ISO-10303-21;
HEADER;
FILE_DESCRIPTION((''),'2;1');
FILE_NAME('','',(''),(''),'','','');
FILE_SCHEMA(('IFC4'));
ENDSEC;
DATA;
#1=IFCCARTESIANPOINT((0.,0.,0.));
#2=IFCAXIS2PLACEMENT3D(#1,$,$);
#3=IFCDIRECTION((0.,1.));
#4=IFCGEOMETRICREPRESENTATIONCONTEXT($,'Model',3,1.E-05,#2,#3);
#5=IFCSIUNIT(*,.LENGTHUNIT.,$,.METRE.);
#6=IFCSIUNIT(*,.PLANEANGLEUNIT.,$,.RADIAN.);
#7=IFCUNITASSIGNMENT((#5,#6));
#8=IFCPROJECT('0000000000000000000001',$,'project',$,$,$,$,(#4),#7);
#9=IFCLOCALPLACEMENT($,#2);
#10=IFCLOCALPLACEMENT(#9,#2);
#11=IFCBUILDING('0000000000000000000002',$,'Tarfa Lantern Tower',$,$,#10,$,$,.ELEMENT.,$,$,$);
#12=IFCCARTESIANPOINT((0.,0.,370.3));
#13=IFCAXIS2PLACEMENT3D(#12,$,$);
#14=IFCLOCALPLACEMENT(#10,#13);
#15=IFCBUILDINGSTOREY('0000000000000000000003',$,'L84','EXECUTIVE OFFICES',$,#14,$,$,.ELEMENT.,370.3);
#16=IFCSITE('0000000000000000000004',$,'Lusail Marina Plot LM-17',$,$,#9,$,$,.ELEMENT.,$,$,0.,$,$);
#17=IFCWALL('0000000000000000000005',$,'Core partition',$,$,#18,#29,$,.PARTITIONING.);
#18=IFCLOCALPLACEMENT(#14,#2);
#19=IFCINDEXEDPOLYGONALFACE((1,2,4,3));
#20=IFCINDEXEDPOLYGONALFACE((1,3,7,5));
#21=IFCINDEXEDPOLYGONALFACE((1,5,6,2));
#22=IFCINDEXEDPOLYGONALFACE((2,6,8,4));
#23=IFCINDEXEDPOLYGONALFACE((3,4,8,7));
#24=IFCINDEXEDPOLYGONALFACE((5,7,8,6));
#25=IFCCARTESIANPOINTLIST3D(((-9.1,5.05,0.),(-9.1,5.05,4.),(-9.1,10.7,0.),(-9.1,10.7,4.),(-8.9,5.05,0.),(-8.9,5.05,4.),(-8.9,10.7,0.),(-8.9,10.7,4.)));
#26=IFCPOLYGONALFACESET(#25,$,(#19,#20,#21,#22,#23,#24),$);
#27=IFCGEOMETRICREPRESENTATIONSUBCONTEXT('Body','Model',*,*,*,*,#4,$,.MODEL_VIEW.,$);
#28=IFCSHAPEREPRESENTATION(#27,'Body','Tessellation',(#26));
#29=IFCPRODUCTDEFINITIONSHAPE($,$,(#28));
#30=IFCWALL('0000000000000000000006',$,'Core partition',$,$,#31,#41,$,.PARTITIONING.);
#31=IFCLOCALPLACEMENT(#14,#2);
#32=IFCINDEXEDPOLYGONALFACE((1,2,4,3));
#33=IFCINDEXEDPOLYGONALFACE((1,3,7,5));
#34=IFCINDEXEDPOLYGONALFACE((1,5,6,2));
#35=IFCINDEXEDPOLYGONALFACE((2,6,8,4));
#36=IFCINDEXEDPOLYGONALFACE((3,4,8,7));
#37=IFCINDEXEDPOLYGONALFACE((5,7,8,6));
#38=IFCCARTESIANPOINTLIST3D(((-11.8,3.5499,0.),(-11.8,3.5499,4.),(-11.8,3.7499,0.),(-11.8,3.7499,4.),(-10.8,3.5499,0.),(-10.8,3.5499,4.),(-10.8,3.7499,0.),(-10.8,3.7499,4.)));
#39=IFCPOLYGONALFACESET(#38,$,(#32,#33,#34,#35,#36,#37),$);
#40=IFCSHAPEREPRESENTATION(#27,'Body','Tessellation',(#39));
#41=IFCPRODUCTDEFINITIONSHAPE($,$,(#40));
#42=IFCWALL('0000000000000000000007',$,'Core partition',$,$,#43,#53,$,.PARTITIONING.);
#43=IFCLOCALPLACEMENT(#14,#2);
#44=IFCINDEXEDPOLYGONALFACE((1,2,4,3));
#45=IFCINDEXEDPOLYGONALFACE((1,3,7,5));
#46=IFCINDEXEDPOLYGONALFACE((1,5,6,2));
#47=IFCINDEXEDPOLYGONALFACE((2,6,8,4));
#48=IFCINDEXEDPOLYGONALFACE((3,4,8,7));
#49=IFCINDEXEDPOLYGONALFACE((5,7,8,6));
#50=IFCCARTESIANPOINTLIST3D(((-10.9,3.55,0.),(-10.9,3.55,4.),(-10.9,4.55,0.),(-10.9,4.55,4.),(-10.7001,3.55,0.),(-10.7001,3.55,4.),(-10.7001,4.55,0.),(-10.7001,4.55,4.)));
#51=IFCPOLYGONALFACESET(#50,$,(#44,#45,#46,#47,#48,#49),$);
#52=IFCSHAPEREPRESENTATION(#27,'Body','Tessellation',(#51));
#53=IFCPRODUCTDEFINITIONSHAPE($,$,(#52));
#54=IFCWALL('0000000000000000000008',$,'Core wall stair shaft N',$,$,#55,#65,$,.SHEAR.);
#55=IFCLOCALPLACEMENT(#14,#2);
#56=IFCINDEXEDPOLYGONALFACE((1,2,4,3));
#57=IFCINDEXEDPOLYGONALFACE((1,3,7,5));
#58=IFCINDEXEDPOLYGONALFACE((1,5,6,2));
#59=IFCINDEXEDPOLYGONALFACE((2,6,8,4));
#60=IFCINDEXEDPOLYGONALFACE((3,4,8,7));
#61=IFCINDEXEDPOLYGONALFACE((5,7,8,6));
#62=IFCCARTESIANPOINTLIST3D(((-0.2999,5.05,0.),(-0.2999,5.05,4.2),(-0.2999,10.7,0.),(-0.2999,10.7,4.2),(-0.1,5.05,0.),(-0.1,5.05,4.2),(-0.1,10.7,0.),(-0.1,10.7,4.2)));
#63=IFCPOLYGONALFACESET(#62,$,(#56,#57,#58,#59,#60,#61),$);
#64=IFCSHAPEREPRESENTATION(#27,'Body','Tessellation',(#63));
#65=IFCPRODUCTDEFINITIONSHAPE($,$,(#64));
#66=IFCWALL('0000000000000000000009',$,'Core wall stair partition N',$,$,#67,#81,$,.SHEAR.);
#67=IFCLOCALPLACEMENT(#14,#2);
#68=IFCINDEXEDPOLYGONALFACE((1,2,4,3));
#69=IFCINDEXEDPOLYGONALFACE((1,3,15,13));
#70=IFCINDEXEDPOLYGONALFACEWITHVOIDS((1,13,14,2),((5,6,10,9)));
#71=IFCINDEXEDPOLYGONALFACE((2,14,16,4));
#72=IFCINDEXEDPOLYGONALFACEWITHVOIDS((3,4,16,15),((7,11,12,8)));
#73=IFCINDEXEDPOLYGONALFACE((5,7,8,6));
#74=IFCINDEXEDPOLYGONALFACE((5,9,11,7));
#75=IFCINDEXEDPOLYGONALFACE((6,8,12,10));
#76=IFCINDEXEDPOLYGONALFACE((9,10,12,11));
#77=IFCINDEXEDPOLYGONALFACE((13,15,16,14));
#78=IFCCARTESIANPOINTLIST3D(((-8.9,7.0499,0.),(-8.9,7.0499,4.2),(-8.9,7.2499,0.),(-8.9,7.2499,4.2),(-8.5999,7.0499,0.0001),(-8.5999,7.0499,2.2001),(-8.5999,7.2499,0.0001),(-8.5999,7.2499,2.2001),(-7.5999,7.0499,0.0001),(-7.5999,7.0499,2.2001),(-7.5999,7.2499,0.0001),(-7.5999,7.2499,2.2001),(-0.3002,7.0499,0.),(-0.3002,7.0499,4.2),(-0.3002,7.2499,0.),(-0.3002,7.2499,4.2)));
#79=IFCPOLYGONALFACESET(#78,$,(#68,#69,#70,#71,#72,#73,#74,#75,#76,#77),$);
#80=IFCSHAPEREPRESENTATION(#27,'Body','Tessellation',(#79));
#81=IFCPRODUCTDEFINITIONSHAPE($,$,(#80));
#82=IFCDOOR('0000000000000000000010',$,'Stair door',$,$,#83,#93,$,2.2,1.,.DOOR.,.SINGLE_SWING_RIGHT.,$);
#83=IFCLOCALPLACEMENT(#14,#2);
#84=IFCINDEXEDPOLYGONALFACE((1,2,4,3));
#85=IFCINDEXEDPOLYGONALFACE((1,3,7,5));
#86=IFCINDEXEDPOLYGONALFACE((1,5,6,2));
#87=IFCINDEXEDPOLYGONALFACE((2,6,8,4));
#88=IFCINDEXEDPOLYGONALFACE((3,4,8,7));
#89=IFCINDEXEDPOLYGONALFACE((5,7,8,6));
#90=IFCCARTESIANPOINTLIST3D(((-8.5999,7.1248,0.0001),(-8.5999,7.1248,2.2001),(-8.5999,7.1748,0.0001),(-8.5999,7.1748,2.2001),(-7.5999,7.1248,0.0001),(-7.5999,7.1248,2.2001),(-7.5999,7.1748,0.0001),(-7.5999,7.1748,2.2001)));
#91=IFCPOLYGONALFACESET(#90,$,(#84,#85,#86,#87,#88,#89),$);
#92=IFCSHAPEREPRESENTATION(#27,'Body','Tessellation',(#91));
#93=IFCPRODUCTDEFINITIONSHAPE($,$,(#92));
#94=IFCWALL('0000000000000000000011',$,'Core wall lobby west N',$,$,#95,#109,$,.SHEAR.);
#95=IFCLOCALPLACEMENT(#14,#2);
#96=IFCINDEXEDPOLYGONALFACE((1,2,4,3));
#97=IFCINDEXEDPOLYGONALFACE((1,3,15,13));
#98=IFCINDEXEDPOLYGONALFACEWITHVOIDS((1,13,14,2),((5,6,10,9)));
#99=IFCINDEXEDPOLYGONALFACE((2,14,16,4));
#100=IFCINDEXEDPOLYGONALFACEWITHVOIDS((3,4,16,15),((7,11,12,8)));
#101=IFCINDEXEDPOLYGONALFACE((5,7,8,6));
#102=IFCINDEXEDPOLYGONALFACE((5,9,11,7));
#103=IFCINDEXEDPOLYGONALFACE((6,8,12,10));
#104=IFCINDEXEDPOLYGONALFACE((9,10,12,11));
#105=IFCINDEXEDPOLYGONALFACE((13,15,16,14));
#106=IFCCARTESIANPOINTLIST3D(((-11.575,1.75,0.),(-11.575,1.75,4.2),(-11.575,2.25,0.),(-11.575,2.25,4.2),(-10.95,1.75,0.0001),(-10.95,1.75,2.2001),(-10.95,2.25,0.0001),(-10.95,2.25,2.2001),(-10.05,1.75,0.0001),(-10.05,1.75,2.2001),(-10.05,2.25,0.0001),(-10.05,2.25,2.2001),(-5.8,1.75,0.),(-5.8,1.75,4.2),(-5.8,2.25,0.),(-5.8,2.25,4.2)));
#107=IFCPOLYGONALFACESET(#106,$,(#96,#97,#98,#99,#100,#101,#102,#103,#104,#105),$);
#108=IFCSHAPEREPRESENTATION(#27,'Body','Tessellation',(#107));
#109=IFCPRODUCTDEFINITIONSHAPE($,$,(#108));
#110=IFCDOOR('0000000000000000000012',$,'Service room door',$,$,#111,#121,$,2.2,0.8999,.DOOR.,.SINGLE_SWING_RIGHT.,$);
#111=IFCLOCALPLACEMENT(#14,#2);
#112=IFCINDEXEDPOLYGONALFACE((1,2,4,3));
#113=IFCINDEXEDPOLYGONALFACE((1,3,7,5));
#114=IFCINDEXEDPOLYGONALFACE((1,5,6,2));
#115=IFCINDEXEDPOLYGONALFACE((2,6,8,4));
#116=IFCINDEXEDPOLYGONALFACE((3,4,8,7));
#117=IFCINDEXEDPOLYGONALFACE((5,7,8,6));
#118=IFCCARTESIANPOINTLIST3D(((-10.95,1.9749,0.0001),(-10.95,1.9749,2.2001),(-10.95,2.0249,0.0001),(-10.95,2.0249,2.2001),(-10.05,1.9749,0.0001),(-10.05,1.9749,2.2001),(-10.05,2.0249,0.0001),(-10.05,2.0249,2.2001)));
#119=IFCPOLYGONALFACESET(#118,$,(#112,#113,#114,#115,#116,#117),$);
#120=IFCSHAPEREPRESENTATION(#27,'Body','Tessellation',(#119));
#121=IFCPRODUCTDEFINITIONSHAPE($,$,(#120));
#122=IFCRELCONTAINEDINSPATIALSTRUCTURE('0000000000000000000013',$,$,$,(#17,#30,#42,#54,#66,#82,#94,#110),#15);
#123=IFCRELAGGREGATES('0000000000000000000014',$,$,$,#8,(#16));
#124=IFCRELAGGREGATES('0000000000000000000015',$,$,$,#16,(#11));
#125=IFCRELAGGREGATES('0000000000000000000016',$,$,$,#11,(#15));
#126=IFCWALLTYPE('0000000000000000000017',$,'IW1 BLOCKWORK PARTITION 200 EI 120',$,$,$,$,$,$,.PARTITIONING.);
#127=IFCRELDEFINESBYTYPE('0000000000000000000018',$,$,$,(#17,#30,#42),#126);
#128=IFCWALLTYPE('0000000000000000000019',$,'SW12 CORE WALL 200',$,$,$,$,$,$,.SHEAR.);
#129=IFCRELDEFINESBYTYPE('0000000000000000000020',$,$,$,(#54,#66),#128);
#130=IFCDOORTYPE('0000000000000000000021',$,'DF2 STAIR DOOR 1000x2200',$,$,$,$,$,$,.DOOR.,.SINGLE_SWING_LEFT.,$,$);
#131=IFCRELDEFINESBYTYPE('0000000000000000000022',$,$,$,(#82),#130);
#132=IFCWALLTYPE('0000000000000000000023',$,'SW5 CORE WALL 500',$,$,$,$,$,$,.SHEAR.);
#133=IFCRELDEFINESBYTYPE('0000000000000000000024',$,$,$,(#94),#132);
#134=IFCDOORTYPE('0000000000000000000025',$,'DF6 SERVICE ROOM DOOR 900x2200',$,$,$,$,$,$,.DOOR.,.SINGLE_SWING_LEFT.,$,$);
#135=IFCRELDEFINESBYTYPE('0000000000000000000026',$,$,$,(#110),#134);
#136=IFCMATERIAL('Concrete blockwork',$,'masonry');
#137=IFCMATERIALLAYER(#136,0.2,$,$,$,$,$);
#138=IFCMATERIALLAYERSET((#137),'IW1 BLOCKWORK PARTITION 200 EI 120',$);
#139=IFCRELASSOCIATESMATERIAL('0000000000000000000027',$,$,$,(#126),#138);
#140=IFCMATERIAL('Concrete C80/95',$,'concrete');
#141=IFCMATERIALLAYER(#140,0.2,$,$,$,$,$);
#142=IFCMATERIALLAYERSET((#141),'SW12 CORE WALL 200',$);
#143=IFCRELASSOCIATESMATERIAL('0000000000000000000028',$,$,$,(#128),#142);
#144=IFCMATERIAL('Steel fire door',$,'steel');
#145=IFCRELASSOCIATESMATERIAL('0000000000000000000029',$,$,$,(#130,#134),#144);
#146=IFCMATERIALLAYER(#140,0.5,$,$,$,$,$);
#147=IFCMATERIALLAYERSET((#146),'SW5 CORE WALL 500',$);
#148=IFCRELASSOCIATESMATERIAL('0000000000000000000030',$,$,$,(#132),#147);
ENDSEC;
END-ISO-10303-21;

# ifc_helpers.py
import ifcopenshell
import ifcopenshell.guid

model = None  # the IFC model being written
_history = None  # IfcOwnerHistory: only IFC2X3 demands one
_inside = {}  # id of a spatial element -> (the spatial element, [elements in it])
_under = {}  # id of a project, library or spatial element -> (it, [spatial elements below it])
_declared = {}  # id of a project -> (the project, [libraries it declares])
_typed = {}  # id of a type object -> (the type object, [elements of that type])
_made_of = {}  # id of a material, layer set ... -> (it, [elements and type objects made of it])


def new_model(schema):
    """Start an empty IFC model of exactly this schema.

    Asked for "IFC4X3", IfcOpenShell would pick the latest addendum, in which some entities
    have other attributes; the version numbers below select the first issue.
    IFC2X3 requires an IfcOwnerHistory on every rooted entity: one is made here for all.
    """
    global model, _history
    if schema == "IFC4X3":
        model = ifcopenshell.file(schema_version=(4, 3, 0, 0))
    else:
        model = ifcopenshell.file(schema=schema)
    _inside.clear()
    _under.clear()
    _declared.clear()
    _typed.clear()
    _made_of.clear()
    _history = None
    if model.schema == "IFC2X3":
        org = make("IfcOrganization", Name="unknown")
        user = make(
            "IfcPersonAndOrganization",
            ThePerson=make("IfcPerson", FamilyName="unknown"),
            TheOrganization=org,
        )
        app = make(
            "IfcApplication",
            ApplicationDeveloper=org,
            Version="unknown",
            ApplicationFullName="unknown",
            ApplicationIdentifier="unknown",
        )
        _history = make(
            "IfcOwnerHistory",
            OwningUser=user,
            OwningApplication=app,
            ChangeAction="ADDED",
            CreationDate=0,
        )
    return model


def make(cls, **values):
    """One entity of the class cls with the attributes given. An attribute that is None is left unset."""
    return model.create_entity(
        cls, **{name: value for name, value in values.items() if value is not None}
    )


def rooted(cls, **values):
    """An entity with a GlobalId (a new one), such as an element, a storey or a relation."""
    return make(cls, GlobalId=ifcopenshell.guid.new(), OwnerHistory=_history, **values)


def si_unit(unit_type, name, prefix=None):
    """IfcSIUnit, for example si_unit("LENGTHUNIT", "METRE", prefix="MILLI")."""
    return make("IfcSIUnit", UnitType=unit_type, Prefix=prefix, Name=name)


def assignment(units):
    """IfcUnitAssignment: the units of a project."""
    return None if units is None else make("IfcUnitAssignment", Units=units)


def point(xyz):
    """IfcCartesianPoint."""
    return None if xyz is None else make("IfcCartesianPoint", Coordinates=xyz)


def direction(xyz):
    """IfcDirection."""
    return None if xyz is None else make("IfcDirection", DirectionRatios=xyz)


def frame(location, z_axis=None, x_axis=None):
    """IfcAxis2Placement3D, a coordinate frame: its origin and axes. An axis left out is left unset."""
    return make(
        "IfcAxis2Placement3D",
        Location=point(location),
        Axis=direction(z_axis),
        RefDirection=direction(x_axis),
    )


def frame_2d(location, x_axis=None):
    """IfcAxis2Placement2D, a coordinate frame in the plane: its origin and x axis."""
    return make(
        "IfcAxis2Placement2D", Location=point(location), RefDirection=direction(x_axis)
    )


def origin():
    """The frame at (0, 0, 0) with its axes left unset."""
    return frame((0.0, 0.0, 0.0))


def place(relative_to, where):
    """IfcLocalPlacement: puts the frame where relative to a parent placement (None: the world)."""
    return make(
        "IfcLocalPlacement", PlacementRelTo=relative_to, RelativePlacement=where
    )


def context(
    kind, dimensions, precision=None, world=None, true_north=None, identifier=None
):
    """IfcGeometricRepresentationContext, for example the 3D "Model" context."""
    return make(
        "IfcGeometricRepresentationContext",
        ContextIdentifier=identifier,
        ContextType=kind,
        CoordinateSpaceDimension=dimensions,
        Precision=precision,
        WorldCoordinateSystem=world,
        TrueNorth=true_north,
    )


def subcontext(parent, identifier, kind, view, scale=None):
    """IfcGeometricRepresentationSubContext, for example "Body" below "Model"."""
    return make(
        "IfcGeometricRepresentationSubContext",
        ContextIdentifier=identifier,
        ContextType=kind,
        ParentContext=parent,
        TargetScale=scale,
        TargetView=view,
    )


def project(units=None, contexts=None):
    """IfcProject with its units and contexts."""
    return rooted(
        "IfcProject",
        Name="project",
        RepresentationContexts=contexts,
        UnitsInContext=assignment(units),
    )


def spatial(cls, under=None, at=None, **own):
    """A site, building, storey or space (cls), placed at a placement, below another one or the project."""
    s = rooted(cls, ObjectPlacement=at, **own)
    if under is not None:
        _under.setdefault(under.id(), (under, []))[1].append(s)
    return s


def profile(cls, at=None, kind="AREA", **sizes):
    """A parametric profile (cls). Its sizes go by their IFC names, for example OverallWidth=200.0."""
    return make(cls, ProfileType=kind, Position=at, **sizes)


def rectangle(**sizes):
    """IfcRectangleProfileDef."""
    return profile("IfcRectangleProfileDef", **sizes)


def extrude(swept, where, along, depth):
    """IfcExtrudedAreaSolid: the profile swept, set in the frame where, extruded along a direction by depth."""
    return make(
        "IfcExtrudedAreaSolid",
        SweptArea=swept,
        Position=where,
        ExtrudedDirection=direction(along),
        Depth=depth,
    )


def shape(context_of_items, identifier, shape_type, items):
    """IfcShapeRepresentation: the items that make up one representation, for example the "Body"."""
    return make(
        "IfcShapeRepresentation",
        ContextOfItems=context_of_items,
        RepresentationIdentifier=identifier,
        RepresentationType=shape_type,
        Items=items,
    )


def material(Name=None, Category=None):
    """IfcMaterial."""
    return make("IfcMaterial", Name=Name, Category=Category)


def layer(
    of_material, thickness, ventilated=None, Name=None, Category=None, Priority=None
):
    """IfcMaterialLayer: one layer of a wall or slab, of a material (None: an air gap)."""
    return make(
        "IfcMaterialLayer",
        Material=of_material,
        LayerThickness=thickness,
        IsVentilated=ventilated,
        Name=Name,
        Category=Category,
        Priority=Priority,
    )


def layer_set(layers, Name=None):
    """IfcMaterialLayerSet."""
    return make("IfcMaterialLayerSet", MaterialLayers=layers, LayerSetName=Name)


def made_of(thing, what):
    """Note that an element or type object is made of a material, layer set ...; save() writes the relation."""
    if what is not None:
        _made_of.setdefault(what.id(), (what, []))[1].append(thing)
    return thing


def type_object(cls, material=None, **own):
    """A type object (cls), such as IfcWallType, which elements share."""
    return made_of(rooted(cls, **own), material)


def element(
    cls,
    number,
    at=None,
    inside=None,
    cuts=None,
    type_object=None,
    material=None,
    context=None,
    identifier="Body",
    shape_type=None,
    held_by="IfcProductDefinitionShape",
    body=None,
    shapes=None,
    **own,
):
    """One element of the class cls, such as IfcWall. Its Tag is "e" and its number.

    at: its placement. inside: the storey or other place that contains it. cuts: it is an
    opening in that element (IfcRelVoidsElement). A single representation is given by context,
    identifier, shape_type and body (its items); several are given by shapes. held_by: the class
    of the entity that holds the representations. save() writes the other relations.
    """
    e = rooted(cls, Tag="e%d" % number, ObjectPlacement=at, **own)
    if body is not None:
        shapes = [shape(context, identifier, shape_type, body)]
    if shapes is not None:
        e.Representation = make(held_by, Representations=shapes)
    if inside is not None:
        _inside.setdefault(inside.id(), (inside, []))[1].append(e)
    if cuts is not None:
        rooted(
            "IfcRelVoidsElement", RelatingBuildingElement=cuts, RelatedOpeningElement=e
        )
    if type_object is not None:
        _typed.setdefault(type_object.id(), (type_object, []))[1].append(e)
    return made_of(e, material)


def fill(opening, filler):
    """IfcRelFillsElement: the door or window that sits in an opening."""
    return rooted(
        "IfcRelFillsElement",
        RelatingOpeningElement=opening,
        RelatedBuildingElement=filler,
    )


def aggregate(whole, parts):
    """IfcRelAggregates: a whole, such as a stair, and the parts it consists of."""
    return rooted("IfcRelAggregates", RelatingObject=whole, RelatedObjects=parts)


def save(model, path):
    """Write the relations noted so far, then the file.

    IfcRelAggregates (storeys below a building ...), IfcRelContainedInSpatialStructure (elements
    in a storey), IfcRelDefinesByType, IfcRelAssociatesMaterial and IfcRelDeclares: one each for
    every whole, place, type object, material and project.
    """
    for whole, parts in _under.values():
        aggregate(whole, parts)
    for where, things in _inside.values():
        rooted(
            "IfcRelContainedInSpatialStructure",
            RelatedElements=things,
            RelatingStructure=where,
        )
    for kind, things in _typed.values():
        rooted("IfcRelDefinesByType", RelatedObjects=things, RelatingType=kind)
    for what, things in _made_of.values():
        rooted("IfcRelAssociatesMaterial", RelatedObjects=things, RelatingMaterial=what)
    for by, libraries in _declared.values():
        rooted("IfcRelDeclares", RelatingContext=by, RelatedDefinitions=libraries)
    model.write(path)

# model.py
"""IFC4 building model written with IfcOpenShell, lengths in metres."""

from ifc_helpers import new_model, si_unit, direction, frame, frame_2d, origin, place, context, subcontext, project, spatial, rectangle, extrude, material, layer, layer_set, type_object, element, fill, save


model = new_model("IFC4")

# Units and contexts
model_context = context("Model", 3, precision=1e-05, world=origin(), true_north=direction((0.0, 1.0)))
body_context = subcontext(model_context, "Body", "Model", "MODEL_VIEW")
ifc_project = project(units=[si_unit("LENGTHUNIT", "METRE"), si_unit("PLANEANGLEUNIT", "RADIAN")], contexts=[model_context])

# Site, building, storey
site_placement = place(None, origin())
site = spatial("IfcSite", under=ifc_project, at=site_placement, Name="Lusail Marina Plot LM-17", CompositionType="ELEMENT", RefElevation=0.0)
building_placement = place(site_placement, origin())
building = spatial("IfcBuilding", under=site, at=building_placement, Name="Tarfa Lantern Tower", CompositionType="ELEMENT")
storey_placement = place(building_placement, frame((0.0, 0.0, 370.3)))
storey = spatial("IfcBuildingStorey", under=building, at=storey_placement, Name="L84", Description="EXECUTIVE OFFICES", CompositionType="ELEMENT", Elevation=370.3)

# Walls
ifc_material_1 = material(Name="Concrete blockwork", Category="masonry")
ifc_layer_1 = layer(ifc_material_1, 0.2)
ifc_layer_set_1 = layer_set([ifc_layer_1], Name="IW1 BLOCKWORK PARTITION 200 EI 120")
wall_type_1 = type_object("IfcWallType", Name="IW1 BLOCKWORK PARTITION 200 EI 120", PredefinedType="PARTITIONING", material=ifc_layer_set_1)
wall_1_placement = place(storey_placement, frame((-9.0, 5.05, 0.0), z_axis=(0.0, 0.0, 1.0), x_axis=(0.0, 1.0, 0.0)))
element("IfcWall", 1, at=wall_1_placement, inside=storey, type_object=wall_type_1, Name="Core partition", PredefinedType="PARTITIONING", context=body_context, shape_type="SweptSolid", body=[
    extrude(rectangle(XDim=5.6499, YDim=0.2, at=frame_2d((2.825, 0.0))), origin(), (0.0, 0.0, 1.0), 4.0),
])
for number, where, z_axis, x_axis, name in (
    (2, (-11.8, 3.6499, 0.0), (0.0, 0.0, 1.0), (1.0, 0.0, 0.0), "Core partition"),
    (3, (-10.8, 3.55, 0.0), (0.0, 0.0, 1.0), (0.0, 1.0, 0.0), "Core partition"),
):
    element("IfcWall", number, at=place(storey_placement, frame(where, z_axis=z_axis, x_axis=x_axis)), inside=storey, type_object=wall_type_1, Name=name, PredefinedType="PARTITIONING", context=body_context, shape_type="SweptSolid", body=[
        extrude(rectangle(XDim=1.0, YDim=0.2, at=frame_2d((0.5, 0.0))), origin(), (0.0, 0.0, 1.0), 4.0),
    ])
ifc_material_2 = material(Name="Concrete C80/95", Category="concrete")
ifc_layer_2 = layer(ifc_material_2, 0.2)
ifc_layer_set_2 = layer_set([ifc_layer_2], Name="SW12 CORE WALL 200")
wall_type_2 = type_object("IfcWallType", Name="SW12 CORE WALL 200", PredefinedType="SHEAR", material=ifc_layer_set_2)
wall_2_placement = place(storey_placement, frame((-0.2, 5.05, 0.0), z_axis=(0.0, 0.0, 1.0), x_axis=(0.0, 1.0, 0.0)))
element("IfcWall", 4, at=wall_2_placement, inside=storey, type_object=wall_type_2, Name="Core wall stair shaft N", PredefinedType="SHEAR", context=body_context, shape_type="SweptSolid", body=[
    extrude(rectangle(XDim=5.6499, YDim=0.2, at=frame_2d((2.825, 0.0))), origin(), (0.0, 0.0, 1.0), 4.2),
])

# Walls, openings, doors
wall_3_placement = place(storey_placement, frame((-8.8999, 7.1499, 0.0), z_axis=(0.0, 0.0, 1.0), x_axis=(1.0, 0.0, 0.0)))
wall_3 = element("IfcWall", 5, at=wall_3_placement, inside=storey, type_object=wall_type_2, Name="Core wall stair partition N", PredefinedType="SHEAR", context=body_context, shape_type="SweptSolid", body=[
    extrude(rectangle(XDim=8.5999, YDim=0.2, at=frame_2d((4.2998, 0.0))), origin(), (0.0, 0.0, 1.0), 4.2),
])
opening_1_placement = place(wall_3_placement, frame((0.3, 0.0, 0.0)))
opening_1 = element("IfcOpeningElement", 6, at=opening_1_placement, cuts=wall_3, PredefinedType="OPENING", context=body_context, shape_type="SweptSolid", body=[
    extrude(rectangle(XDim=1.0, YDim=2.2, at=frame_2d((0.5, 1.1001))), frame((0.0, 0.1099, 0.0), z_axis=(0.0, -1.0, 0.0), x_axis=(1.0, 0.0, 0.0)), (0.0, 0.0, 1.0), 0.22),
])
ifc_material_3 = material(Name="Steel fire door", Category="steel")
door_type_1 = type_object("IfcDoorType", Name="DF2 STAIR DOOR 1000x2200", OperationType="SINGLE_SWING_LEFT", PredefinedType="DOOR", material=ifc_material_3)
door_1_placement = place(opening_1_placement, origin())
door_1 = element("IfcDoor", 7, at=door_1_placement, inside=storey, type_object=door_type_1, Name="Stair door", OperationType="SINGLE_SWING_RIGHT", OverallHeight=2.2, OverallWidth=1.0, PredefinedType="DOOR", context=body_context, shape_type="SweptSolid", body=[
    extrude(rectangle(XDim=1.0, YDim=2.2, at=frame_2d((0.5, 1.1001))), frame((0.0, 0.0249, 0.0), z_axis=(0.0, -1.0, 0.0), x_axis=(1.0, 0.0, 0.0)), (0.0, 0.0, 1.0), 0.05),
])
fill(opening_1, door_1)
ifc_layer_3 = layer(ifc_material_2, 0.5)
ifc_layer_set_3 = layer_set([ifc_layer_3], Name="SW5 CORE WALL 500")
wall_type_3 = type_object("IfcWallType", Name="SW5 CORE WALL 500", PredefinedType="SHEAR", material=ifc_layer_set_3)
wall_4_placement = place(storey_placement, frame((-11.575, 2.0, 0.0), z_axis=(0.0, 0.0, 1.0), x_axis=(1.0, 0.0, 0.0)))
wall_4 = element("IfcWall", 8, at=wall_4_placement, inside=storey, type_object=wall_type_3, Name="Core wall lobby west N", PredefinedType="SHEAR", context=body_context, shape_type="SweptSolid", body=[
    extrude(rectangle(XDim=5.7749, YDim=0.5, at=frame_2d((2.8875, 0.0))), origin(), (0.0, 0.0, 1.0), 4.2),
])
opening_2_placement = place(wall_4_placement, frame((0.625, 0.0, 0.0)))
opening_2 = element("IfcOpeningElement", 9, at=opening_2_placement, cuts=wall_4, PredefinedType="OPENING", context=body_context, shape_type="SweptSolid", body=[
    extrude(rectangle(XDim=0.8999, YDim=2.2, at=frame_2d((0.45, 1.1001))), frame((0.0, 0.26, 0.0), z_axis=(0.0, -1.0, 0.0), x_axis=(1.0, 0.0, 0.0)), (0.0, 0.0, 1.0), 0.52),
])
door_type_2 = type_object("IfcDoorType", Name="DF6 SERVICE ROOM DOOR 900x2200", OperationType="SINGLE_SWING_LEFT", PredefinedType="DOOR", material=ifc_material_3)
door_2_placement = place(opening_2_placement, origin())
door_2 = element("IfcDoor", 10, at=door_2_placement, inside=storey, type_object=door_type_2, Name="Service room door", OperationType="SINGLE_SWING_RIGHT", OverallHeight=2.2, OverallWidth=0.8999, PredefinedType="DOOR", context=body_context, shape_type="SweptSolid", body=[
    extrude(rectangle(XDim=0.8999, YDim=2.2, at=frame_2d((0.45, 1.1001))), frame((0.0, 0.0249, 0.0), z_axis=(0.0, -1.0, 0.0), x_axis=(1.0, 0.0, 0.0)), (0.0, 0.0, 1.0), 0.05),
])
fill(opening_2, door_2)

save(model, "model.ifc")
